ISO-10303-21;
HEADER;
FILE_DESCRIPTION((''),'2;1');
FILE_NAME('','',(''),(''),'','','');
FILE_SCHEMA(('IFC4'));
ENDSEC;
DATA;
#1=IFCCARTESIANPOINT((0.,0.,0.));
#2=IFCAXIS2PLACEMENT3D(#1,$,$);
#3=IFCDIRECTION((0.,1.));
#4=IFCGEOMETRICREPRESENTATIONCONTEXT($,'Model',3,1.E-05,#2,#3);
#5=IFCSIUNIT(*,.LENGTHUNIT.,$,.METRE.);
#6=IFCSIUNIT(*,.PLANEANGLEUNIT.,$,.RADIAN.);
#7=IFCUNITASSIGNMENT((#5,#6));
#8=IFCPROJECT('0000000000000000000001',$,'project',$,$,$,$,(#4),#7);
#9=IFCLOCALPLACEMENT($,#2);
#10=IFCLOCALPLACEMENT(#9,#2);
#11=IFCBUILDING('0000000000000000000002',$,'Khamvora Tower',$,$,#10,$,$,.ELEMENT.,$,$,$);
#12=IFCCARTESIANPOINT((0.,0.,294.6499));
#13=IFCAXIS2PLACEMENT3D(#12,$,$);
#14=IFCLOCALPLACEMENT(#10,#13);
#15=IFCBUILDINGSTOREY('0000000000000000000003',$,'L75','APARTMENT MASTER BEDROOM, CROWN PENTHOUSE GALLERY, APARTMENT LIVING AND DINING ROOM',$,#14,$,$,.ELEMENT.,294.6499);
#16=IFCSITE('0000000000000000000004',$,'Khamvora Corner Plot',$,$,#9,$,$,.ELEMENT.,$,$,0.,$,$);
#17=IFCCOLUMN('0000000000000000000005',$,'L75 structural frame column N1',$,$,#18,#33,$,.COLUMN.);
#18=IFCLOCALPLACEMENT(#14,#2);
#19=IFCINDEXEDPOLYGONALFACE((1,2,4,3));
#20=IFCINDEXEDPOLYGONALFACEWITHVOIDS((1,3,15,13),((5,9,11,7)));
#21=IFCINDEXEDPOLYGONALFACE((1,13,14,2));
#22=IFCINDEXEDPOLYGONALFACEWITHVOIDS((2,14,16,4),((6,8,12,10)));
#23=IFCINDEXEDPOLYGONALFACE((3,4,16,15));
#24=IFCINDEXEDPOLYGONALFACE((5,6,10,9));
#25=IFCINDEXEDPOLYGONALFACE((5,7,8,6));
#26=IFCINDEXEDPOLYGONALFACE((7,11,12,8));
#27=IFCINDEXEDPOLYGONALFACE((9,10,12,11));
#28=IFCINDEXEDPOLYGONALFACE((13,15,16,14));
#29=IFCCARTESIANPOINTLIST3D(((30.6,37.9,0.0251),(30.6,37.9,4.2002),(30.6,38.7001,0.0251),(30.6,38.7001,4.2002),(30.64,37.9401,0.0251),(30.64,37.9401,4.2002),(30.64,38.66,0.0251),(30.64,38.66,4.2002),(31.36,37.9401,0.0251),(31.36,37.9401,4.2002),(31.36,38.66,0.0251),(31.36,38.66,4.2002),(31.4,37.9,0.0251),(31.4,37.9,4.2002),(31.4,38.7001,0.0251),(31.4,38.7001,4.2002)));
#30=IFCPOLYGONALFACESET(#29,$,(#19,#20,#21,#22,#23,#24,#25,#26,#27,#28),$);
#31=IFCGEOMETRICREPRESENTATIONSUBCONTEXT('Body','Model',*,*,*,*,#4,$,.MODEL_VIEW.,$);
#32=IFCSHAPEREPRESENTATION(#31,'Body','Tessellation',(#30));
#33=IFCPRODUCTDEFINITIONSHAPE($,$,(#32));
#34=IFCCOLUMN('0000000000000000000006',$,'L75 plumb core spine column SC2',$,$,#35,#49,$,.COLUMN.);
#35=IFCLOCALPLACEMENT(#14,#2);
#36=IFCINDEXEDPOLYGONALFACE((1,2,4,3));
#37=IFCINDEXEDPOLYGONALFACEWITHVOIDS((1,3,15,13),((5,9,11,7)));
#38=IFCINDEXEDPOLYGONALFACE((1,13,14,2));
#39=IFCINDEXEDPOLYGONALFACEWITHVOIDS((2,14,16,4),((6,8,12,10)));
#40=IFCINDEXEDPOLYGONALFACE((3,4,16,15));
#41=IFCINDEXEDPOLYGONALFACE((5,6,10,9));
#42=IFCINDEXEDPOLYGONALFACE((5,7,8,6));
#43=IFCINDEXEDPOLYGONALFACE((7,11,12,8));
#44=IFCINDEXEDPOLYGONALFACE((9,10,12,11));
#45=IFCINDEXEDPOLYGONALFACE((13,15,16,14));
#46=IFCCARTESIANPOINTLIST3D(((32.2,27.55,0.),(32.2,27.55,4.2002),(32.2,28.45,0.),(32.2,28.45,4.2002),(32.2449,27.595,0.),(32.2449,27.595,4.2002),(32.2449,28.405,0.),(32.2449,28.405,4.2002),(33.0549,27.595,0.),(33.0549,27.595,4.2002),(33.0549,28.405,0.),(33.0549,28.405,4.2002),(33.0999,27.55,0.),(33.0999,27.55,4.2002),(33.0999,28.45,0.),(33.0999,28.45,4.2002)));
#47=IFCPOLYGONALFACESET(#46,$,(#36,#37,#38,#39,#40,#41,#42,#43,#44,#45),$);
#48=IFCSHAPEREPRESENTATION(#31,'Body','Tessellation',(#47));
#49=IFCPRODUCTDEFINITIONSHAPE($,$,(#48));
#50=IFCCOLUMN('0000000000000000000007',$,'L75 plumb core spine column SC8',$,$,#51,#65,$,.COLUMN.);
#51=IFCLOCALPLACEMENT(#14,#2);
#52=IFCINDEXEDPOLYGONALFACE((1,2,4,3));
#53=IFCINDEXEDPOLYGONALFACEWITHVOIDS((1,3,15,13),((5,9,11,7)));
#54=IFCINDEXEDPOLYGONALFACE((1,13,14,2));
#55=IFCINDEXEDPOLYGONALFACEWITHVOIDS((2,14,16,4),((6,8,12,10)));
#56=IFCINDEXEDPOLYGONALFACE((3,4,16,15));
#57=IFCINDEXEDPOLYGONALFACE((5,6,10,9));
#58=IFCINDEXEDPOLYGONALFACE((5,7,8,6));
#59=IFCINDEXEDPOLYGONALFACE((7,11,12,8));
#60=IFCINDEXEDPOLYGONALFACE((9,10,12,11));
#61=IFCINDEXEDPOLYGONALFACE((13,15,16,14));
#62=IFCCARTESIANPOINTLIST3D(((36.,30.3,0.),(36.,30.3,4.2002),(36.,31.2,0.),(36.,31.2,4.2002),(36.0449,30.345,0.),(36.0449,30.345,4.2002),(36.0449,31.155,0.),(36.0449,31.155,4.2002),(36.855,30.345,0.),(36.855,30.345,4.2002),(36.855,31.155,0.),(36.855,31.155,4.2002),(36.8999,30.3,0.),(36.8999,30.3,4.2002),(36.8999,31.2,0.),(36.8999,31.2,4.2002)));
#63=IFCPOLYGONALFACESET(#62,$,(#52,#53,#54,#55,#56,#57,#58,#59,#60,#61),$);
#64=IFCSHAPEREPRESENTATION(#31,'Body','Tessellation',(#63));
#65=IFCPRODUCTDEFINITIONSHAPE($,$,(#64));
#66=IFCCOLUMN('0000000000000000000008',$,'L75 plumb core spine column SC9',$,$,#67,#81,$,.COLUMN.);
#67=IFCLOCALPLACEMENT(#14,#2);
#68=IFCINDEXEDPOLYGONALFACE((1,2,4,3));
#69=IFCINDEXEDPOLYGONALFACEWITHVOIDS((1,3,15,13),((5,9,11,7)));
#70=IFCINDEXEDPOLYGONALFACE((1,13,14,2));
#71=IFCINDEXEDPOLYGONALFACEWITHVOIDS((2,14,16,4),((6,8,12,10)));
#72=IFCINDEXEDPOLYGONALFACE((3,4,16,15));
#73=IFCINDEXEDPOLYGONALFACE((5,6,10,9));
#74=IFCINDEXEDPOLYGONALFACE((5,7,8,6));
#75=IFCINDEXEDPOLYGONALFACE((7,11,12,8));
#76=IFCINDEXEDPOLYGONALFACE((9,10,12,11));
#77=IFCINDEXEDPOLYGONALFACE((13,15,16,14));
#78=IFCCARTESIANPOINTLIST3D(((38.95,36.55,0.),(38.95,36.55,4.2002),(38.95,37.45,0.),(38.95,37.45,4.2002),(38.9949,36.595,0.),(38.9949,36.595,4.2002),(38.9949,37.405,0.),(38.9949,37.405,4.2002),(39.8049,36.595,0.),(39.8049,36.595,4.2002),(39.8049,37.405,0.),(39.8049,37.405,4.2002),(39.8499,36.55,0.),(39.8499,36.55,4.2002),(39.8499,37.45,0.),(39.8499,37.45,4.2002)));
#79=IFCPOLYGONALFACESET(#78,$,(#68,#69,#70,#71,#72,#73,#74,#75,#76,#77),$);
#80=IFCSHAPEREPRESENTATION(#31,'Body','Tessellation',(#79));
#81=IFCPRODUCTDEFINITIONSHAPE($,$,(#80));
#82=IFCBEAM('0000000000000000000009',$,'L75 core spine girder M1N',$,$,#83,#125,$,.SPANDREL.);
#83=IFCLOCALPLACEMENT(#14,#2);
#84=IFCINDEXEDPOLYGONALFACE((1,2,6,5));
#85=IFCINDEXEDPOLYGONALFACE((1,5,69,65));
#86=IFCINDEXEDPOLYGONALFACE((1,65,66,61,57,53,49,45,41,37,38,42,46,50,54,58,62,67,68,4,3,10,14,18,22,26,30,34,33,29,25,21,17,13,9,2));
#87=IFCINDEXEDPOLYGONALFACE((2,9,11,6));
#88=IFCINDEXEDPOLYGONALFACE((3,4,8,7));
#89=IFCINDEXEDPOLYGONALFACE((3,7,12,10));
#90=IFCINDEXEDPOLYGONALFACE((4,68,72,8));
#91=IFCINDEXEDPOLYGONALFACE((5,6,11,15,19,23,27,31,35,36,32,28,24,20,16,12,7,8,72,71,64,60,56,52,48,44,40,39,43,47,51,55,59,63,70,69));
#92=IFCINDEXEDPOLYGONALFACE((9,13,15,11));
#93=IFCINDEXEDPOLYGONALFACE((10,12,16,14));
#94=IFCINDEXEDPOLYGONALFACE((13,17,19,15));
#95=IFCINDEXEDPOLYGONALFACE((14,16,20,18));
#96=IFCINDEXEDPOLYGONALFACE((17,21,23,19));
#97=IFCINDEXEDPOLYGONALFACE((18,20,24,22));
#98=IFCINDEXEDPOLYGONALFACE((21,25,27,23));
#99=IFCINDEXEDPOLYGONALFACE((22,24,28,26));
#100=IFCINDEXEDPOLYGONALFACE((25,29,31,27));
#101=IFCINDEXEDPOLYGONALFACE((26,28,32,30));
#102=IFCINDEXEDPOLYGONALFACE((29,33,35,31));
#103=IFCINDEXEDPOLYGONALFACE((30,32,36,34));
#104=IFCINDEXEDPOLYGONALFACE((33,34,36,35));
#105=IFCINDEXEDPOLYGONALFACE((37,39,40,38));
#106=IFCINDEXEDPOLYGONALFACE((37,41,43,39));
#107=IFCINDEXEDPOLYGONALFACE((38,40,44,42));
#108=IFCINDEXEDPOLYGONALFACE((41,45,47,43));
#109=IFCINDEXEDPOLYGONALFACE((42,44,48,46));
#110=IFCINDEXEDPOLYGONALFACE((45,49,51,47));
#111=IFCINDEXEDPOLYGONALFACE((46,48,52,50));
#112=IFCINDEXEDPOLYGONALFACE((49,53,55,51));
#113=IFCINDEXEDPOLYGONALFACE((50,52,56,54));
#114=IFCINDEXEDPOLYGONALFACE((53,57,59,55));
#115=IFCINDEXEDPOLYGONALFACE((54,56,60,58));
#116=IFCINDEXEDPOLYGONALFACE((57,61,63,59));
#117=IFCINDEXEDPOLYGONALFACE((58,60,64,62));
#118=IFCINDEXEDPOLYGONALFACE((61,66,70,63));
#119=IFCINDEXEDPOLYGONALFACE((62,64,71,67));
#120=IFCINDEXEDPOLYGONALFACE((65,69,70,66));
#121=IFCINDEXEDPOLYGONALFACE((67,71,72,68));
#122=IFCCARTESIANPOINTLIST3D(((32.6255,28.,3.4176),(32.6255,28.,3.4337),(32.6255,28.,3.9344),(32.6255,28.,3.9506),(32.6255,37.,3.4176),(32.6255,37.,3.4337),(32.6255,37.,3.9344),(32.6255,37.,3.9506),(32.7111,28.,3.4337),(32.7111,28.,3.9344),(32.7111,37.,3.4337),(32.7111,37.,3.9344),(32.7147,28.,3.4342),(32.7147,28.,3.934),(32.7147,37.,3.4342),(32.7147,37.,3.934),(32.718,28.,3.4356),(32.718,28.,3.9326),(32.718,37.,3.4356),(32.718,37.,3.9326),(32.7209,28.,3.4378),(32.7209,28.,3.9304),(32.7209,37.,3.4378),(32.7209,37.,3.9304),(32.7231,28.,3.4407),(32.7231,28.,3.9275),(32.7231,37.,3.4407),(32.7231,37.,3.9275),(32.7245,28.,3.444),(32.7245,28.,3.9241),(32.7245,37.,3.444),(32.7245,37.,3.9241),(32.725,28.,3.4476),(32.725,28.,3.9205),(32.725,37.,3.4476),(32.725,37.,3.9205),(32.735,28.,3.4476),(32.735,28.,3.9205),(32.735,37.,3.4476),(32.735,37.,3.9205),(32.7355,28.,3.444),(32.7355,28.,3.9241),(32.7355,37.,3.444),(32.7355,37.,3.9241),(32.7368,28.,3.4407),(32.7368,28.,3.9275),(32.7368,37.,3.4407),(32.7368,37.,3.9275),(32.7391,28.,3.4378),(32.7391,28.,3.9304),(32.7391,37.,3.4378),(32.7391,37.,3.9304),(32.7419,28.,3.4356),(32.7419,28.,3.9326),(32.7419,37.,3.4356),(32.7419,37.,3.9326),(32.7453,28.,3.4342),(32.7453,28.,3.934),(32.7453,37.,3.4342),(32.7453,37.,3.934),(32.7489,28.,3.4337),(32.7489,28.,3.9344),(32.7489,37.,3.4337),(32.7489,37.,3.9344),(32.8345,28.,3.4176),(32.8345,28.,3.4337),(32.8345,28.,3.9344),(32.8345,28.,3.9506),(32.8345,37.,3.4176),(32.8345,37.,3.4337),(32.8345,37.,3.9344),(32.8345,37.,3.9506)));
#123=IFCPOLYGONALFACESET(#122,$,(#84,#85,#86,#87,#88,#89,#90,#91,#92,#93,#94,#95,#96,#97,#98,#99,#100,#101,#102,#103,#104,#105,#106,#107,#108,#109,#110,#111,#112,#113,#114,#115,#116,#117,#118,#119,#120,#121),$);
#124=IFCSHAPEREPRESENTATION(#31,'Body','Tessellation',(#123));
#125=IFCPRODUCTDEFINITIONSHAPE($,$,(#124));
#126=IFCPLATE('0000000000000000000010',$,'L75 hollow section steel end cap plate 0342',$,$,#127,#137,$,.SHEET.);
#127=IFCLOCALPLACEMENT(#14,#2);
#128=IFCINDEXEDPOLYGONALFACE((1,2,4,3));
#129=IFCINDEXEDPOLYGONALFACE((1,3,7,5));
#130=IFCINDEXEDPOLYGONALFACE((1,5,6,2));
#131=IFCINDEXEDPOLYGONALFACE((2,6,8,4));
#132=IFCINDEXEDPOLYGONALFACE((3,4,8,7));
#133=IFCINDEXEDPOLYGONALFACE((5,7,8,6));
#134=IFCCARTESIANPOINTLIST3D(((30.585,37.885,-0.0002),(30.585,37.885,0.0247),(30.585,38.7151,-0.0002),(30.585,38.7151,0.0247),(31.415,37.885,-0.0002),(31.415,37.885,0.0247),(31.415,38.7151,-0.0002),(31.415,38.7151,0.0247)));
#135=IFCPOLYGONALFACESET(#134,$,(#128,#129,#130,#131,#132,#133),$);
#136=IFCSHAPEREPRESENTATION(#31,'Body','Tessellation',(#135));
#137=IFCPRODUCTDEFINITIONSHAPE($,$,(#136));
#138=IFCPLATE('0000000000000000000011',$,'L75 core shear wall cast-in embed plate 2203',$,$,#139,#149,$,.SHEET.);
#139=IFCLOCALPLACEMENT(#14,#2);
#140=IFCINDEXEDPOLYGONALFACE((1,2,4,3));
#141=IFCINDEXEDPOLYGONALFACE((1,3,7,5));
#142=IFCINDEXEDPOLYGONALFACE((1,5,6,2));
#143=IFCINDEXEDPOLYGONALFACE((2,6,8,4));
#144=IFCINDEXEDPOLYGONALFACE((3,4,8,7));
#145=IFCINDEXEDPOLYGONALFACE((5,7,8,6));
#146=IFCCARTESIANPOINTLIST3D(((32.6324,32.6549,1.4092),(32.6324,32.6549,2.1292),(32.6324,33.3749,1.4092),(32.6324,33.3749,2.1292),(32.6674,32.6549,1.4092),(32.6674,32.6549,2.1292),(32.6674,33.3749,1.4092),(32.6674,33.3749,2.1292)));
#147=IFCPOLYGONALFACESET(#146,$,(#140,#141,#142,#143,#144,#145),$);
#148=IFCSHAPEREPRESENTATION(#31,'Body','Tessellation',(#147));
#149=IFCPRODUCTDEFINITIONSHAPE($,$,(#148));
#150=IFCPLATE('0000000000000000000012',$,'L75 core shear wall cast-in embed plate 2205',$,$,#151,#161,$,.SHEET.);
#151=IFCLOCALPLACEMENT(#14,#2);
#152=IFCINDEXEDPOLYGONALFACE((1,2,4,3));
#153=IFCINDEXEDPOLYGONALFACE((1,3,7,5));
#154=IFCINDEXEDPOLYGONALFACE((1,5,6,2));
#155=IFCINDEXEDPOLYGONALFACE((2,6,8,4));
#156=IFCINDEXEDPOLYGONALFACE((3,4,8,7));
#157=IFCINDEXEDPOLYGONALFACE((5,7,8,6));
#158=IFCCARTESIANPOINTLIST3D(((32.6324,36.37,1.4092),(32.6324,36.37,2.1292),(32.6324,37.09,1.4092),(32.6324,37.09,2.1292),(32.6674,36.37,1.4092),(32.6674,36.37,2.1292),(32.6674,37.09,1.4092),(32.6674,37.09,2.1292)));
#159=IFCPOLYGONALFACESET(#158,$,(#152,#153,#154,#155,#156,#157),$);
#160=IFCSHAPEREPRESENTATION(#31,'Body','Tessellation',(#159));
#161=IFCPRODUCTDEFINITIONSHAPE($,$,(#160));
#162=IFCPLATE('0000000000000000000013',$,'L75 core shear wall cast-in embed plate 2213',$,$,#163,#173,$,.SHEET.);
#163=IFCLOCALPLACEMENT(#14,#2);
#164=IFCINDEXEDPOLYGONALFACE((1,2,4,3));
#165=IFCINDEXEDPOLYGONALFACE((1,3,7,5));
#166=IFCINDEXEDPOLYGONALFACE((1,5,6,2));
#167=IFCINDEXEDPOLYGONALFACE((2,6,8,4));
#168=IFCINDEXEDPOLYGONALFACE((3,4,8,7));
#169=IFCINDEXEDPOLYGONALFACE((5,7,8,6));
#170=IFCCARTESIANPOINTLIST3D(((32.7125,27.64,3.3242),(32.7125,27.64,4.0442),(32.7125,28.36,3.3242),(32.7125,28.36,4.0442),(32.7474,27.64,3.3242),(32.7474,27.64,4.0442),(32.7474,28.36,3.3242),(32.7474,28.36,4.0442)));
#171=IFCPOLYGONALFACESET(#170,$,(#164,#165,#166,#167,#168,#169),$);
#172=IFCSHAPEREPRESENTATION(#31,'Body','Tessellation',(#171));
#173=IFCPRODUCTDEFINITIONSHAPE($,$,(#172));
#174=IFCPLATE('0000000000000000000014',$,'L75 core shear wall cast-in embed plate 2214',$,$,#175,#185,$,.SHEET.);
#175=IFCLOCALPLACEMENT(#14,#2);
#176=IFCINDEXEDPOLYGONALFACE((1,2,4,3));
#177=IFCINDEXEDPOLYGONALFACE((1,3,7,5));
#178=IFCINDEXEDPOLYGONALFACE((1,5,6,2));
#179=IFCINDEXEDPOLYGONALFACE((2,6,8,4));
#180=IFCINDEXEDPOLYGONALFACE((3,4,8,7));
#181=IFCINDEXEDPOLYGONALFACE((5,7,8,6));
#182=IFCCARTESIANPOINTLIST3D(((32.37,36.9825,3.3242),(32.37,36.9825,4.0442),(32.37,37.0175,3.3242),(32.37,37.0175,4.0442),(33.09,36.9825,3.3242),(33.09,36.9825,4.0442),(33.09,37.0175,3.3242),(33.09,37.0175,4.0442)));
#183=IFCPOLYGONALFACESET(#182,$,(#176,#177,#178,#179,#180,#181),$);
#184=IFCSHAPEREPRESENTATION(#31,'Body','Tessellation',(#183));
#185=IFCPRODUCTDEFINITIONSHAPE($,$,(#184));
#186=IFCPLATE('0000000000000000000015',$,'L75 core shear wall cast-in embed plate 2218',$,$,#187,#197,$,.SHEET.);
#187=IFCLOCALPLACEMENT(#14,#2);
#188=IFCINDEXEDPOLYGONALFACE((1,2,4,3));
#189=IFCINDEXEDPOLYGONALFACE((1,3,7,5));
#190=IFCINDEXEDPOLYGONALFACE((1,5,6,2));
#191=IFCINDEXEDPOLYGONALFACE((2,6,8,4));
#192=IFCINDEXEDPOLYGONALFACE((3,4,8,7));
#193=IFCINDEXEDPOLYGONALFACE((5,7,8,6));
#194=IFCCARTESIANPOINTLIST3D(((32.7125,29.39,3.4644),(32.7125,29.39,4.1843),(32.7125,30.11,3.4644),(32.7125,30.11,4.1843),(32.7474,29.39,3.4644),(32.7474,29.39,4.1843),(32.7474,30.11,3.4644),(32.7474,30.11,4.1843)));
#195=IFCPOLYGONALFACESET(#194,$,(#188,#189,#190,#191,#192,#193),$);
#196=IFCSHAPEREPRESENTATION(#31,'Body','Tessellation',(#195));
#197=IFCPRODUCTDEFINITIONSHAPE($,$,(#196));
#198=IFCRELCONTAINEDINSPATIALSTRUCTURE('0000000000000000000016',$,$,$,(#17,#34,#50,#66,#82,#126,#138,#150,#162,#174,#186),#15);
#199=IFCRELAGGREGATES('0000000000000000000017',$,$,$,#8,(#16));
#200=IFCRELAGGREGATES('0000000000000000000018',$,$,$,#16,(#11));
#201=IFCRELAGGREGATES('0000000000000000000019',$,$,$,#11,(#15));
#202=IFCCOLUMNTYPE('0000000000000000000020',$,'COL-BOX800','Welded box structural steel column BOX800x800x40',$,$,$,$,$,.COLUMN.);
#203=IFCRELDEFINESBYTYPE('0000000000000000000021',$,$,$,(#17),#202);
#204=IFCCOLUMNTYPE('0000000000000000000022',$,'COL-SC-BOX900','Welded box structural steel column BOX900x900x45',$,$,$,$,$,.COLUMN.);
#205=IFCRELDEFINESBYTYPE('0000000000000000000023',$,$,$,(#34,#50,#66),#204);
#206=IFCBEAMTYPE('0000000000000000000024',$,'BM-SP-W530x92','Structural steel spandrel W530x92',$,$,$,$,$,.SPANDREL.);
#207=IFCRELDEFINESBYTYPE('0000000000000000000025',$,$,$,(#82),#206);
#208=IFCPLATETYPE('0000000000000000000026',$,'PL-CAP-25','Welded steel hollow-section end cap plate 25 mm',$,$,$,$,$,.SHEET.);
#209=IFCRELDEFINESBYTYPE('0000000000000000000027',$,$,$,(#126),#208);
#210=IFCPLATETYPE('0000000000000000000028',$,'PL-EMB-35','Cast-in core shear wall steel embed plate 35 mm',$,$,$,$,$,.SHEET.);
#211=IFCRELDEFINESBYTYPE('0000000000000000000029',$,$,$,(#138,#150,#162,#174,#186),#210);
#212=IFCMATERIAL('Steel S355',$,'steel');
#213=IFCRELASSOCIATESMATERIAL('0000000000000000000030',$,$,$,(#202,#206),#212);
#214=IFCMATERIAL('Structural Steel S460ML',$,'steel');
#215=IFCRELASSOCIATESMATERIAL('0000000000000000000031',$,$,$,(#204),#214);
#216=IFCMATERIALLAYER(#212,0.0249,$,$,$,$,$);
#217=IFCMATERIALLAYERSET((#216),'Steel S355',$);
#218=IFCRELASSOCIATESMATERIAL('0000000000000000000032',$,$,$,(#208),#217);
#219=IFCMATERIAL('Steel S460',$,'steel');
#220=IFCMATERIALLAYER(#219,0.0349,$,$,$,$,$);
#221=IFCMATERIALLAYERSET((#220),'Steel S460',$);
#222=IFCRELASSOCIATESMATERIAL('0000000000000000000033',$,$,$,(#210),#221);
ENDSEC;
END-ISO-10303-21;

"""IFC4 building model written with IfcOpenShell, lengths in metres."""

from ifc_helpers import new_model, si_unit, direction, frame, origin, origin_2d, place, context, subcontext, project, spatial, rectangle, hollow_rectangle, i_section, extrude, material, layer, layer_set, material_profile, profile_set, type_object, element, save


model = new_model("IFC4")

# Units and contexts
model_context = context("Model", 3, precision=1e-05, world=origin(), true_north=direction((0.0, 1.0)))
body_context = subcontext(model_context, "Body", "Model", "MODEL_VIEW")
ifc_project = project(units=[si_unit("LENGTHUNIT", "METRE"), si_unit("PLANEANGLEUNIT", "RADIAN")], contexts=[model_context])

# Site, building, storey
site_placement = place(None, origin())
site = spatial("IfcSite", under=ifc_project, at=site_placement, Name="Khamvora Corner Plot", CompositionType="ELEMENT", RefElevation=0.0)
building_placement = place(site_placement, origin())
building = spatial("IfcBuilding", under=site, at=building_placement, Name="Khamvora Tower", CompositionType="ELEMENT")
storey_placement = place(building_placement, frame((0.0, 0.0, 294.6499)))
storey = spatial("IfcBuildingStorey", under=building, at=storey_placement, Name="L75", Description="APARTMENT MASTER BEDROOM, CROWN PENTHOUSE GALLERY, APARTMENT LIVING AND DINING ROOM", CompositionType="ELEMENT", Elevation=294.6499)

# Columns
ifc_material_1 = material(Name="Steel S355", Category="steel")
ifc_material_profile_1 = material_profile(ifc_material_1, hollow_rectangle(XDim=0.8, YDim=0.8, WallThickness=0.04, at=origin_2d()), Name="BOX800x800x40")
ifc_profile_set_1 = profile_set([ifc_material_profile_1], Name="Steel S355")
column_type_1 = type_object("IfcColumnType", Name="COL-BOX800", Description="Welded box structural steel column BOX800x800x40", PredefinedType="COLUMN", material=ifc_profile_set_1)
column_placement = place(storey_placement, frame((31.0, 38.3, 0.0251), z_axis=(0.0, 0.0, 1.0), x_axis=(1.0, 0.0, 0.0)))
element("IfcColumn", 1, at=column_placement, inside=storey, type_object=column_type_1, Name="L75 structural frame column N1", PredefinedType="COLUMN", context=body_context, shape_type="SweptSolid", body=[
    extrude(hollow_rectangle(XDim=0.8, YDim=0.8, WallThickness=0.04, at=origin_2d()), origin(), (0.0, 0.0, 1.0), 4.175),
])
ifc_material_2 = material(Name="Structural Steel S460ML", Category="steel")
ifc_material_profile_2 = material_profile(ifc_material_2, hollow_rectangle(XDim=0.8999, YDim=0.8999, WallThickness=0.0449, at=origin_2d()), Name="BOX900x900x45")
ifc_profile_set_2 = profile_set([ifc_material_profile_2], Name="Structural Steel S460ML")
column_type_2 = type_object("IfcColumnType", Name="COL-SC-BOX900", Description="Welded box structural steel column BOX900x900x45", PredefinedType="COLUMN", material=ifc_profile_set_2)
for number, where, z_axis, x_axis, name in (
    (2, (32.6499, 28.0, 0.0), (0.0, 0.0, 1.0), (1.0, 0.0, 0.0), "L75 plumb core spine column SC2"),
    (3, (36.45, 30.75, 0.0), (0.0, 0.0, 1.0), (1.0, 0.0, 0.0), "L75 plumb core spine column SC8"),
    (4, (39.3999, 37.0, 0.0), (0.0, 0.0, 1.0), (1.0, 0.0, 0.0), "L75 plumb core spine column SC9"),
):
    element("IfcColumn", number, at=place(storey_placement, frame(where, z_axis=z_axis, x_axis=x_axis)), inside=storey, type_object=column_type_2, Name=name, PredefinedType="COLUMN", context=body_context, shape_type="SweptSolid", body=[
        extrude(hollow_rectangle(XDim=0.8999, YDim=0.8999, WallThickness=0.0449, at=origin_2d()), origin(), (0.0, 0.0, 1.0), 4.2002),
    ])

# Beam
ifc_material_profile_3 = material_profile(ifc_material_1, i_section(OverallWidth=0.209, OverallDepth=0.533, WebThickness=0.01, FlangeThickness=0.0161, FilletRadius=0.0139, at=origin_2d()), Name="W530x92")
ifc_profile_set_3 = profile_set([ifc_material_profile_3], Name="Steel S355")
beam_type = type_object("IfcBeamType", Name="BM-SP-W530x92", Description="Structural steel spandrel W530x92", PredefinedType="SPANDREL", material=ifc_profile_set_3)
beam_placement = place(storey_placement, frame((32.73, 28.0, 3.6841), z_axis=(0.0, 1.0, 0.0), x_axis=(-1.0, 0.0, 0.0)))
element("IfcBeam", 5, at=beam_placement, inside=storey, type_object=beam_type, Name="L75 core spine girder M1N", PredefinedType="SPANDREL", context=body_context, shape_type="SweptSolid", body=[
    extrude(i_section(OverallWidth=0.209, OverallDepth=0.533, WebThickness=0.01, FlangeThickness=0.0161, FilletRadius=0.0139, at=origin_2d()), origin(), (0.0, 0.0, 1.0), 9.0),
])

# Plates
ifc_layer_1 = layer(ifc_material_1, 0.0249)
ifc_layer_set_1 = layer_set([ifc_layer_1], Name="Steel S355")
plate_type_1 = type_object("IfcPlateType", Name="PL-CAP-25", Description="Welded steel hollow-section end cap plate 25 mm", PredefinedType="SHEET", material=ifc_layer_set_1)
plate_1_placement = place(storey_placement, frame((31.0, 38.3, -0.0002), z_axis=(0.0, 0.0, 1.0), x_axis=(1.0, 0.0, 0.0)))
element("IfcPlate", 6, at=plate_1_placement, inside=storey, type_object=plate_type_1, Name="L75 hollow section steel end cap plate 0342", PredefinedType="SHEET", context=body_context, shape_type="SweptSolid", body=[
    extrude(rectangle(XDim=0.8301, YDim=0.8301, at=origin_2d()), origin(), (0.0, 0.0, 1.0), 0.0249),
])
ifc_material_3 = material(Name="Steel S460", Category="steel")
ifc_layer_2 = layer(ifc_material_3, 0.0349)
ifc_layer_set_2 = layer_set([ifc_layer_2], Name="Steel S460")
plate_type_2 = type_object("IfcPlateType", Name="PL-EMB-35", Description="Cast-in core shear wall steel embed plate 35 mm", PredefinedType="SHEET", material=ifc_layer_set_2)
for number, where, z_axis, x_axis, name in (
    (7, (32.6499, 33.0149, 1.4092), (0.0, 0.0, 1.0), (1.0, 0.0, 0.0), "L75 core shear wall cast-in embed plate 2203"),
    (8, (32.6499, 36.73, 1.4092), (0.0, 0.0, 1.0), (1.0, 0.0, 0.0), "L75 core shear wall cast-in embed plate 2205"),
    (9, (32.73, 28.0, 3.3242), (0.0, 0.0, 1.0), (1.0, 0.0, 0.0), "L75 core shear wall cast-in embed plate 2213"),
):
    element("IfcPlate", number, at=place(storey_placement, frame(where, z_axis=z_axis, x_axis=x_axis)), inside=storey, type_object=plate_type_2, Name=name, PredefinedType="SHEET", context=body_context, shape_type="SweptSolid", body=[
        extrude(rectangle(XDim=0.0349, YDim=0.72, at=origin_2d()), origin(), (0.0, 0.0, 1.0), 0.72),
    ])
plate_2_placement = place(storey_placement, frame((32.73, 37.0, 3.3242), z_axis=(0.0, 0.0, 1.0), x_axis=(1.0, 0.0, 0.0)))
element("IfcPlate", 10, at=plate_2_placement, inside=storey, type_object=plate_type_2, Name="L75 core shear wall cast-in embed plate 2214", PredefinedType="SHEET", context=body_context, shape_type="SweptSolid", body=[
    extrude(rectangle(XDim=0.72, YDim=0.0349, at=origin_2d()), origin(), (0.0, 0.0, 1.0), 0.72),
])
plate_3_placement = place(storey_placement, frame((32.73, 29.75, 3.4644), z_axis=(0.0, 0.0, 1.0), x_axis=(1.0, 0.0, 0.0)))
element("IfcPlate", 11, at=plate_3_placement, inside=storey, type_object=plate_type_2, Name="L75 core shear wall cast-in embed plate 2218", PredefinedType="SHEET", context=body_context, shape_type="SweptSolid", body=[
    extrude(rectangle(XDim=0.0349, YDim=0.72, at=origin_2d()), origin(), (0.0, 0.0, 1.0), 0.72),
])

save(model, "model.ifc")
